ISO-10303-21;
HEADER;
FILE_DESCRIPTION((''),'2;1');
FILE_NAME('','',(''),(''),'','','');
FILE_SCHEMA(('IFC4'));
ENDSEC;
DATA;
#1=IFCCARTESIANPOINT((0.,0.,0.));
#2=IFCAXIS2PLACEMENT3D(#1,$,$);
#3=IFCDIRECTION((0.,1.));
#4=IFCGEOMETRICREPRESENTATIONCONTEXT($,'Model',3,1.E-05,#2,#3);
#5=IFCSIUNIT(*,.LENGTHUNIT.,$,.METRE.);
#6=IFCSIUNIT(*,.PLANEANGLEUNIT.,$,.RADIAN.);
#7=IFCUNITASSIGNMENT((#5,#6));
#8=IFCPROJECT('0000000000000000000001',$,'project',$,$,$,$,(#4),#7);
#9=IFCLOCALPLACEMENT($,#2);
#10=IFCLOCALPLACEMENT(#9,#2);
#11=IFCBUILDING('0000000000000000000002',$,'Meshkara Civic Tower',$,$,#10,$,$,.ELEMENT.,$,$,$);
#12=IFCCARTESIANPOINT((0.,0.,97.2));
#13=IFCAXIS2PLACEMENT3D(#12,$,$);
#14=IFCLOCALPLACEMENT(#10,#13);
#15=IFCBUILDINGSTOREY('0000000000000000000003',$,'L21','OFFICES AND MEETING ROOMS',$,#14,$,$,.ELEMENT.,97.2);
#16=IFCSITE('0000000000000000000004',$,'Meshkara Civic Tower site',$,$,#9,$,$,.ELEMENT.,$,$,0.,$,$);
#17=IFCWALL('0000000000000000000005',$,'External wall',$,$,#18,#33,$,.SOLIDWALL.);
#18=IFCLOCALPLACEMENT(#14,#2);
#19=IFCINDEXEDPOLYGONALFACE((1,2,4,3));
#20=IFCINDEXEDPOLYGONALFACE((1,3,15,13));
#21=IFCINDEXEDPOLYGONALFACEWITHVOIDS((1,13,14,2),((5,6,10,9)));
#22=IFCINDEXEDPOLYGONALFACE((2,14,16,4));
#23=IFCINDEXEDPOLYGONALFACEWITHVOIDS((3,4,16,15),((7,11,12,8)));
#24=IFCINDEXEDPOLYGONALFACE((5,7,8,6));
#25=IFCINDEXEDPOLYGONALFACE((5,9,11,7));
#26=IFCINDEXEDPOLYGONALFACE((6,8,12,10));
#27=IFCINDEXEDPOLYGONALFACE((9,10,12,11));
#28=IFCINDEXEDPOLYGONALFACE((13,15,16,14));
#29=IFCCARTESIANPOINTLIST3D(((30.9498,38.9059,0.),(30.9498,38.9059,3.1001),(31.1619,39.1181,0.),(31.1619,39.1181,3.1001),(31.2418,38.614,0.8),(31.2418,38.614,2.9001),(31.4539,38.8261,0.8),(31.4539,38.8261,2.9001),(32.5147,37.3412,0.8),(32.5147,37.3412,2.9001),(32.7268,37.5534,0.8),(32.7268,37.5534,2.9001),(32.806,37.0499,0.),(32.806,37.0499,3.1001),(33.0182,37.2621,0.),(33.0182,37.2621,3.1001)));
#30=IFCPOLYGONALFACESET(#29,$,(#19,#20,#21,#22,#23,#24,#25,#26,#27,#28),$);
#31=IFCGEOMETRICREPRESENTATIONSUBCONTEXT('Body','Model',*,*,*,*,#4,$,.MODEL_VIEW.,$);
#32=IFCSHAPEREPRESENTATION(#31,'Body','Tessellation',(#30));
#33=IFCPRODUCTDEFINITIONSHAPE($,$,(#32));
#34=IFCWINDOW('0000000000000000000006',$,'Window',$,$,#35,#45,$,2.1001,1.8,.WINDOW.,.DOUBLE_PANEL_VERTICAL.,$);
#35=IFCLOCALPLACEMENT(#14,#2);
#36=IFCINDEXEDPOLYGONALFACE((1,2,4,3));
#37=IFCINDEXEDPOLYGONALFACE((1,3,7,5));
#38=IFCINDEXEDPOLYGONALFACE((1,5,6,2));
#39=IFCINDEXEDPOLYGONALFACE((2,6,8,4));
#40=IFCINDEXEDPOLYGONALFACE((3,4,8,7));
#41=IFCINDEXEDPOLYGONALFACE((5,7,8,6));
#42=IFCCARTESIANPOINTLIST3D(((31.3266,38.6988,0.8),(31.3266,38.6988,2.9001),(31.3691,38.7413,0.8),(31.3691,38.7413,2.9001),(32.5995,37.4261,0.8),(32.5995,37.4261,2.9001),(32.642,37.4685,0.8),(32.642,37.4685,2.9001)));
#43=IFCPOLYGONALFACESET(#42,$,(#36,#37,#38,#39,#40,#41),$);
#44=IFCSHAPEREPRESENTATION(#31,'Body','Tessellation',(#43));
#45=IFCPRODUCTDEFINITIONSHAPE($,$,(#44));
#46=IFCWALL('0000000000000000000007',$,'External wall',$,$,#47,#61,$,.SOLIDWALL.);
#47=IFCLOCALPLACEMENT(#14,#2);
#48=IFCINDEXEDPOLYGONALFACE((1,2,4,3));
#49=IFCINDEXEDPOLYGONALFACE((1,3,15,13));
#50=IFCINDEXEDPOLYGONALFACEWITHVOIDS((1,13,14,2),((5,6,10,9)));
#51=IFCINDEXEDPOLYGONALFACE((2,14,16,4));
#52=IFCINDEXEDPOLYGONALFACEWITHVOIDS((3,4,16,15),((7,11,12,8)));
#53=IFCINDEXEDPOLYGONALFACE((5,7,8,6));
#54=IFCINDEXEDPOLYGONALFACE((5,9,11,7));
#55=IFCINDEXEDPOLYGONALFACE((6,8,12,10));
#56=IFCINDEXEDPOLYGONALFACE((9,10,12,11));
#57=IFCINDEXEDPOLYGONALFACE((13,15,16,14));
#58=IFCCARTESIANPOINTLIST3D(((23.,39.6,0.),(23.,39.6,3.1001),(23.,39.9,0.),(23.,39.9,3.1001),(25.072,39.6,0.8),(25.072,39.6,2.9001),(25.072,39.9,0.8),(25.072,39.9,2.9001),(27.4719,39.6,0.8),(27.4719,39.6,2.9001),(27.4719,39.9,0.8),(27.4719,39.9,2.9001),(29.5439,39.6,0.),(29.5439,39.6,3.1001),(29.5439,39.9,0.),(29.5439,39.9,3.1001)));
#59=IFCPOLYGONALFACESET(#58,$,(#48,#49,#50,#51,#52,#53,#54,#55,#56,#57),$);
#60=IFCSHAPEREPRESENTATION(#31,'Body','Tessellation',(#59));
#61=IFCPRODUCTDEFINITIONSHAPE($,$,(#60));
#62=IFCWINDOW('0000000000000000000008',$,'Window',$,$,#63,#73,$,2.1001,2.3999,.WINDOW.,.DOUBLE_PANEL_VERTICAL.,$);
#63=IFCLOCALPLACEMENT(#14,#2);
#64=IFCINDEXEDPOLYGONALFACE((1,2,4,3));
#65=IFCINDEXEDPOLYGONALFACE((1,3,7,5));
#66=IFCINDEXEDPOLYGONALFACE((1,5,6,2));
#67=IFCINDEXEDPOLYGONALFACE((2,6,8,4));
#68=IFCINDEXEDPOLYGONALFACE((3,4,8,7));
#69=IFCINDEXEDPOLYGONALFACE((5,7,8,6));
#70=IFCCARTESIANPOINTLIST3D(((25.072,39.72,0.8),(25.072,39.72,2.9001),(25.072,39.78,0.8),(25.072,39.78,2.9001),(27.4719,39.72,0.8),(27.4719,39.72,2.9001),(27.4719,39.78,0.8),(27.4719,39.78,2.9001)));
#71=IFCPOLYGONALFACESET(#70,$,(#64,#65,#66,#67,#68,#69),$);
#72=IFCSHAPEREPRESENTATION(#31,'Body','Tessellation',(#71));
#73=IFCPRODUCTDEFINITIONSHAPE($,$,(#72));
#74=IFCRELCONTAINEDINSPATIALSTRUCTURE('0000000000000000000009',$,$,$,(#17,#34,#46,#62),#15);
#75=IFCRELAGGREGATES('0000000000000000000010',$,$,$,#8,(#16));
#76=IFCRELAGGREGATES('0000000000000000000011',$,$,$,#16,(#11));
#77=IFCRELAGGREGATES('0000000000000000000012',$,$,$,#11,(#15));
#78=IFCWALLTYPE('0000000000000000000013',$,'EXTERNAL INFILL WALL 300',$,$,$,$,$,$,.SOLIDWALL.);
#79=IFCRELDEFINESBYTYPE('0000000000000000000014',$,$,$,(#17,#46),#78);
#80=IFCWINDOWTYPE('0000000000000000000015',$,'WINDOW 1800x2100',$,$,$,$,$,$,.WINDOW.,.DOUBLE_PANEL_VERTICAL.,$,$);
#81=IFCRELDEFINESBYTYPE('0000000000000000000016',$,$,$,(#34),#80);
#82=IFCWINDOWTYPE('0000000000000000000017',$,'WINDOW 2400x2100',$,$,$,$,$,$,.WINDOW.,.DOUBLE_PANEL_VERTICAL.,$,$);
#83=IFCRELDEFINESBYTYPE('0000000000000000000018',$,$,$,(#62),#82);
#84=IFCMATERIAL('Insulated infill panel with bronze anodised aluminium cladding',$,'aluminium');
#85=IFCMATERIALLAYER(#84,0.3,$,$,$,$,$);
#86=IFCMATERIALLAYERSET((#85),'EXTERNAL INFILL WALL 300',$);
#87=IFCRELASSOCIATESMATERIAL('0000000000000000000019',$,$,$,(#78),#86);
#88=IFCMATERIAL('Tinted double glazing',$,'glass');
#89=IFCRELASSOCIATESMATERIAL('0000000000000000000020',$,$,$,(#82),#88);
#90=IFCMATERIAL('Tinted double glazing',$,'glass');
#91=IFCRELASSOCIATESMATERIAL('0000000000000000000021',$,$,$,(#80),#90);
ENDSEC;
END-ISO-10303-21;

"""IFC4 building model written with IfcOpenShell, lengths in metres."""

from ifc_helpers import new_model, si_unit, direction, frame, frame_2d, origin, place, context, subcontext, project, spatial, rectangle, extrude, material, layer, layer_set, type_object, element, fill, save


model = new_model("IFC4")

# Units and contexts
model_context = context("Model", 3, precision=1e-05, world=origin(), true_north=direction((0.0, 1.0)))
body_context = subcontext(model_context, "Body", "Model", "MODEL_VIEW")
ifc_project = project(units=[si_unit("LENGTHUNIT", "METRE"), si_unit("PLANEANGLEUNIT", "RADIAN")], contexts=[model_context])

# Site, building, storey
site_placement = place(None, origin())
site = spatial("IfcSite", under=ifc_project, at=site_placement, Name="Meshkara Civic Tower site", CompositionType="ELEMENT", RefElevation=0.0)
building_placement = place(site_placement, origin())
building = spatial("IfcBuilding", under=site, at=building_placement, Name="Meshkara Civic Tower", CompositionType="ELEMENT")
storey_placement = place(building_placement, frame((0.0, 0.0, 97.2)))
storey = spatial("IfcBuildingStorey", under=building, at=storey_placement, Name="L21", Description="OFFICES AND MEETING ROOMS", CompositionType="ELEMENT", Elevation=97.2)

# Walls, openings, windows
ifc_material_1 = material(Name="Insulated infill panel with bronze anodised aluminium cladding", Category="aluminium")
ifc_layer_1 = layer(ifc_material_1, 0.3)
ifc_layer_set_1 = layer_set([ifc_layer_1], Name="EXTERNAL INFILL WALL 300")
wall_type_1 = type_object("IfcWallType", Name="EXTERNAL INFILL WALL 300", PredefinedType="SOLIDWALL", material=ifc_layer_set_1)
ifc_material_2 = material(Name="Tinted double glazing", Category="glass")
window_type_1 = type_object("IfcWindowType", Name="WINDOW 2400x2100", PartitioningType="DOUBLE_PANEL_VERTICAL", PredefinedType="WINDOW", material=ifc_material_2)
wall_1_placement = place(storey_placement, frame((32.9121, 37.156, 0.0), z_axis=(0.0, 0.0, 1.0), x_axis=(-0.707153, 0.70706, 0.0)))
wall_1 = element("IfcWall", 1, at=wall_1_placement, inside=storey, type_object=wall_type_1, Name="External wall", PredefinedType="SOLIDWALL", context=body_context, shape_type="SweptSolid", body=[
    extrude(rectangle(XDim=2.625, YDim=0.3, at=frame_2d((1.3125, 0.0))), origin(), (0.0, 0.0, 1.0), 3.1001),
])
opening_1_placement = place(wall_1_placement, frame((0.4121, 0.0, 0.8)))
opening_1 = element("IfcOpeningElement", 2, at=opening_1_placement, cuts=wall_1, PredefinedType="OPENING", context=body_context, shape_type="SweptSolid", body=[
    extrude(rectangle(XDim=1.8, YDim=2.1001, at=frame_2d((0.8999, 1.05))), frame((0.0, 0.1599, 0.0), z_axis=(0.0, -1.0, 0.0), x_axis=(1.0, 0.0, 0.0)), (0.0, 0.0, 1.0), 0.3201),
])
ifc_material_3 = material(Name="Tinted double glazing", Category="glass")
window_type_2 = type_object("IfcWindowType", Name="WINDOW 1800x2100", PartitioningType="DOUBLE_PANEL_VERTICAL", PredefinedType="WINDOW", material=ifc_material_3)
window_1_placement = place(opening_1_placement, origin())
window_1 = element("IfcWindow", 3, at=window_1_placement, inside=storey, type_object=window_type_2, Name="Window", OverallHeight=2.1001, OverallWidth=1.8, PartitioningType="DOUBLE_PANEL_VERTICAL", PredefinedType="WINDOW", context=body_context, shape_type="SweptSolid", body=[
    extrude(rectangle(XDim=1.8, YDim=2.1001, at=frame_2d((0.8999, 1.05))), frame((0.0, 0.03, 0.0), z_axis=(0.0, -1.0, 0.0), x_axis=(1.0, 0.0, 0.0)), (0.0, 0.0, 1.0), 0.0601),
])
fill(opening_1, window_1)
wall_2_placement = place(storey_placement, frame((29.5439, 39.75, 0.0), z_axis=(0.0, 0.0, 1.0), x_axis=(-1.0, 0.0, 0.0)))
wall_2 = element("IfcWall", 4, at=wall_2_placement, inside=storey, type_object=wall_type_1, Name="External wall", PredefinedType="SOLIDWALL", context=body_context, shape_type="SweptSolid", body=[
    extrude(rectangle(XDim=6.5439, YDim=0.3, at=frame_2d((3.272, 0.0))), origin(), (0.0, 0.0, 1.0), 3.1001),
])
opening_2_placement = place(wall_2_placement, frame((2.072, 0.0, 0.8)))
opening_2 = element("IfcOpeningElement", 5, at=opening_2_placement, cuts=wall_2, PredefinedType="OPENING", context=body_context, shape_type="SweptSolid", body=[
    extrude(rectangle(XDim=2.3999, YDim=2.1001, at=frame_2d((1.2, 1.05))), frame((0.0, 0.1599, 0.0), z_axis=(0.0, -1.0, 0.0), x_axis=(1.0, 0.0, 0.0)), (0.0, 0.0, 1.0), 0.3201),
])
window_2_placement = place(opening_2_placement, origin())
window_2 = element("IfcWindow", 6, at=window_2_placement, inside=storey, type_object=window_type_1, Name="Window", OverallHeight=2.1001, OverallWidth=2.3999, PartitioningType="DOUBLE_PANEL_VERTICAL", PredefinedType="WINDOW", context=body_context, shape_type="SweptSolid", body=[
    extrude(rectangle(XDim=2.3999, YDim=2.1001, at=frame_2d((1.2, 1.05))), frame((0.0, 0.03, 0.0), z_axis=(0.0, -1.0, 0.0), x_axis=(1.0, 0.0, 0.0)), (0.0, 0.0, 1.0), 0.0601),
])
fill(opening_2, window_2)

save(model, "model.ifc")
